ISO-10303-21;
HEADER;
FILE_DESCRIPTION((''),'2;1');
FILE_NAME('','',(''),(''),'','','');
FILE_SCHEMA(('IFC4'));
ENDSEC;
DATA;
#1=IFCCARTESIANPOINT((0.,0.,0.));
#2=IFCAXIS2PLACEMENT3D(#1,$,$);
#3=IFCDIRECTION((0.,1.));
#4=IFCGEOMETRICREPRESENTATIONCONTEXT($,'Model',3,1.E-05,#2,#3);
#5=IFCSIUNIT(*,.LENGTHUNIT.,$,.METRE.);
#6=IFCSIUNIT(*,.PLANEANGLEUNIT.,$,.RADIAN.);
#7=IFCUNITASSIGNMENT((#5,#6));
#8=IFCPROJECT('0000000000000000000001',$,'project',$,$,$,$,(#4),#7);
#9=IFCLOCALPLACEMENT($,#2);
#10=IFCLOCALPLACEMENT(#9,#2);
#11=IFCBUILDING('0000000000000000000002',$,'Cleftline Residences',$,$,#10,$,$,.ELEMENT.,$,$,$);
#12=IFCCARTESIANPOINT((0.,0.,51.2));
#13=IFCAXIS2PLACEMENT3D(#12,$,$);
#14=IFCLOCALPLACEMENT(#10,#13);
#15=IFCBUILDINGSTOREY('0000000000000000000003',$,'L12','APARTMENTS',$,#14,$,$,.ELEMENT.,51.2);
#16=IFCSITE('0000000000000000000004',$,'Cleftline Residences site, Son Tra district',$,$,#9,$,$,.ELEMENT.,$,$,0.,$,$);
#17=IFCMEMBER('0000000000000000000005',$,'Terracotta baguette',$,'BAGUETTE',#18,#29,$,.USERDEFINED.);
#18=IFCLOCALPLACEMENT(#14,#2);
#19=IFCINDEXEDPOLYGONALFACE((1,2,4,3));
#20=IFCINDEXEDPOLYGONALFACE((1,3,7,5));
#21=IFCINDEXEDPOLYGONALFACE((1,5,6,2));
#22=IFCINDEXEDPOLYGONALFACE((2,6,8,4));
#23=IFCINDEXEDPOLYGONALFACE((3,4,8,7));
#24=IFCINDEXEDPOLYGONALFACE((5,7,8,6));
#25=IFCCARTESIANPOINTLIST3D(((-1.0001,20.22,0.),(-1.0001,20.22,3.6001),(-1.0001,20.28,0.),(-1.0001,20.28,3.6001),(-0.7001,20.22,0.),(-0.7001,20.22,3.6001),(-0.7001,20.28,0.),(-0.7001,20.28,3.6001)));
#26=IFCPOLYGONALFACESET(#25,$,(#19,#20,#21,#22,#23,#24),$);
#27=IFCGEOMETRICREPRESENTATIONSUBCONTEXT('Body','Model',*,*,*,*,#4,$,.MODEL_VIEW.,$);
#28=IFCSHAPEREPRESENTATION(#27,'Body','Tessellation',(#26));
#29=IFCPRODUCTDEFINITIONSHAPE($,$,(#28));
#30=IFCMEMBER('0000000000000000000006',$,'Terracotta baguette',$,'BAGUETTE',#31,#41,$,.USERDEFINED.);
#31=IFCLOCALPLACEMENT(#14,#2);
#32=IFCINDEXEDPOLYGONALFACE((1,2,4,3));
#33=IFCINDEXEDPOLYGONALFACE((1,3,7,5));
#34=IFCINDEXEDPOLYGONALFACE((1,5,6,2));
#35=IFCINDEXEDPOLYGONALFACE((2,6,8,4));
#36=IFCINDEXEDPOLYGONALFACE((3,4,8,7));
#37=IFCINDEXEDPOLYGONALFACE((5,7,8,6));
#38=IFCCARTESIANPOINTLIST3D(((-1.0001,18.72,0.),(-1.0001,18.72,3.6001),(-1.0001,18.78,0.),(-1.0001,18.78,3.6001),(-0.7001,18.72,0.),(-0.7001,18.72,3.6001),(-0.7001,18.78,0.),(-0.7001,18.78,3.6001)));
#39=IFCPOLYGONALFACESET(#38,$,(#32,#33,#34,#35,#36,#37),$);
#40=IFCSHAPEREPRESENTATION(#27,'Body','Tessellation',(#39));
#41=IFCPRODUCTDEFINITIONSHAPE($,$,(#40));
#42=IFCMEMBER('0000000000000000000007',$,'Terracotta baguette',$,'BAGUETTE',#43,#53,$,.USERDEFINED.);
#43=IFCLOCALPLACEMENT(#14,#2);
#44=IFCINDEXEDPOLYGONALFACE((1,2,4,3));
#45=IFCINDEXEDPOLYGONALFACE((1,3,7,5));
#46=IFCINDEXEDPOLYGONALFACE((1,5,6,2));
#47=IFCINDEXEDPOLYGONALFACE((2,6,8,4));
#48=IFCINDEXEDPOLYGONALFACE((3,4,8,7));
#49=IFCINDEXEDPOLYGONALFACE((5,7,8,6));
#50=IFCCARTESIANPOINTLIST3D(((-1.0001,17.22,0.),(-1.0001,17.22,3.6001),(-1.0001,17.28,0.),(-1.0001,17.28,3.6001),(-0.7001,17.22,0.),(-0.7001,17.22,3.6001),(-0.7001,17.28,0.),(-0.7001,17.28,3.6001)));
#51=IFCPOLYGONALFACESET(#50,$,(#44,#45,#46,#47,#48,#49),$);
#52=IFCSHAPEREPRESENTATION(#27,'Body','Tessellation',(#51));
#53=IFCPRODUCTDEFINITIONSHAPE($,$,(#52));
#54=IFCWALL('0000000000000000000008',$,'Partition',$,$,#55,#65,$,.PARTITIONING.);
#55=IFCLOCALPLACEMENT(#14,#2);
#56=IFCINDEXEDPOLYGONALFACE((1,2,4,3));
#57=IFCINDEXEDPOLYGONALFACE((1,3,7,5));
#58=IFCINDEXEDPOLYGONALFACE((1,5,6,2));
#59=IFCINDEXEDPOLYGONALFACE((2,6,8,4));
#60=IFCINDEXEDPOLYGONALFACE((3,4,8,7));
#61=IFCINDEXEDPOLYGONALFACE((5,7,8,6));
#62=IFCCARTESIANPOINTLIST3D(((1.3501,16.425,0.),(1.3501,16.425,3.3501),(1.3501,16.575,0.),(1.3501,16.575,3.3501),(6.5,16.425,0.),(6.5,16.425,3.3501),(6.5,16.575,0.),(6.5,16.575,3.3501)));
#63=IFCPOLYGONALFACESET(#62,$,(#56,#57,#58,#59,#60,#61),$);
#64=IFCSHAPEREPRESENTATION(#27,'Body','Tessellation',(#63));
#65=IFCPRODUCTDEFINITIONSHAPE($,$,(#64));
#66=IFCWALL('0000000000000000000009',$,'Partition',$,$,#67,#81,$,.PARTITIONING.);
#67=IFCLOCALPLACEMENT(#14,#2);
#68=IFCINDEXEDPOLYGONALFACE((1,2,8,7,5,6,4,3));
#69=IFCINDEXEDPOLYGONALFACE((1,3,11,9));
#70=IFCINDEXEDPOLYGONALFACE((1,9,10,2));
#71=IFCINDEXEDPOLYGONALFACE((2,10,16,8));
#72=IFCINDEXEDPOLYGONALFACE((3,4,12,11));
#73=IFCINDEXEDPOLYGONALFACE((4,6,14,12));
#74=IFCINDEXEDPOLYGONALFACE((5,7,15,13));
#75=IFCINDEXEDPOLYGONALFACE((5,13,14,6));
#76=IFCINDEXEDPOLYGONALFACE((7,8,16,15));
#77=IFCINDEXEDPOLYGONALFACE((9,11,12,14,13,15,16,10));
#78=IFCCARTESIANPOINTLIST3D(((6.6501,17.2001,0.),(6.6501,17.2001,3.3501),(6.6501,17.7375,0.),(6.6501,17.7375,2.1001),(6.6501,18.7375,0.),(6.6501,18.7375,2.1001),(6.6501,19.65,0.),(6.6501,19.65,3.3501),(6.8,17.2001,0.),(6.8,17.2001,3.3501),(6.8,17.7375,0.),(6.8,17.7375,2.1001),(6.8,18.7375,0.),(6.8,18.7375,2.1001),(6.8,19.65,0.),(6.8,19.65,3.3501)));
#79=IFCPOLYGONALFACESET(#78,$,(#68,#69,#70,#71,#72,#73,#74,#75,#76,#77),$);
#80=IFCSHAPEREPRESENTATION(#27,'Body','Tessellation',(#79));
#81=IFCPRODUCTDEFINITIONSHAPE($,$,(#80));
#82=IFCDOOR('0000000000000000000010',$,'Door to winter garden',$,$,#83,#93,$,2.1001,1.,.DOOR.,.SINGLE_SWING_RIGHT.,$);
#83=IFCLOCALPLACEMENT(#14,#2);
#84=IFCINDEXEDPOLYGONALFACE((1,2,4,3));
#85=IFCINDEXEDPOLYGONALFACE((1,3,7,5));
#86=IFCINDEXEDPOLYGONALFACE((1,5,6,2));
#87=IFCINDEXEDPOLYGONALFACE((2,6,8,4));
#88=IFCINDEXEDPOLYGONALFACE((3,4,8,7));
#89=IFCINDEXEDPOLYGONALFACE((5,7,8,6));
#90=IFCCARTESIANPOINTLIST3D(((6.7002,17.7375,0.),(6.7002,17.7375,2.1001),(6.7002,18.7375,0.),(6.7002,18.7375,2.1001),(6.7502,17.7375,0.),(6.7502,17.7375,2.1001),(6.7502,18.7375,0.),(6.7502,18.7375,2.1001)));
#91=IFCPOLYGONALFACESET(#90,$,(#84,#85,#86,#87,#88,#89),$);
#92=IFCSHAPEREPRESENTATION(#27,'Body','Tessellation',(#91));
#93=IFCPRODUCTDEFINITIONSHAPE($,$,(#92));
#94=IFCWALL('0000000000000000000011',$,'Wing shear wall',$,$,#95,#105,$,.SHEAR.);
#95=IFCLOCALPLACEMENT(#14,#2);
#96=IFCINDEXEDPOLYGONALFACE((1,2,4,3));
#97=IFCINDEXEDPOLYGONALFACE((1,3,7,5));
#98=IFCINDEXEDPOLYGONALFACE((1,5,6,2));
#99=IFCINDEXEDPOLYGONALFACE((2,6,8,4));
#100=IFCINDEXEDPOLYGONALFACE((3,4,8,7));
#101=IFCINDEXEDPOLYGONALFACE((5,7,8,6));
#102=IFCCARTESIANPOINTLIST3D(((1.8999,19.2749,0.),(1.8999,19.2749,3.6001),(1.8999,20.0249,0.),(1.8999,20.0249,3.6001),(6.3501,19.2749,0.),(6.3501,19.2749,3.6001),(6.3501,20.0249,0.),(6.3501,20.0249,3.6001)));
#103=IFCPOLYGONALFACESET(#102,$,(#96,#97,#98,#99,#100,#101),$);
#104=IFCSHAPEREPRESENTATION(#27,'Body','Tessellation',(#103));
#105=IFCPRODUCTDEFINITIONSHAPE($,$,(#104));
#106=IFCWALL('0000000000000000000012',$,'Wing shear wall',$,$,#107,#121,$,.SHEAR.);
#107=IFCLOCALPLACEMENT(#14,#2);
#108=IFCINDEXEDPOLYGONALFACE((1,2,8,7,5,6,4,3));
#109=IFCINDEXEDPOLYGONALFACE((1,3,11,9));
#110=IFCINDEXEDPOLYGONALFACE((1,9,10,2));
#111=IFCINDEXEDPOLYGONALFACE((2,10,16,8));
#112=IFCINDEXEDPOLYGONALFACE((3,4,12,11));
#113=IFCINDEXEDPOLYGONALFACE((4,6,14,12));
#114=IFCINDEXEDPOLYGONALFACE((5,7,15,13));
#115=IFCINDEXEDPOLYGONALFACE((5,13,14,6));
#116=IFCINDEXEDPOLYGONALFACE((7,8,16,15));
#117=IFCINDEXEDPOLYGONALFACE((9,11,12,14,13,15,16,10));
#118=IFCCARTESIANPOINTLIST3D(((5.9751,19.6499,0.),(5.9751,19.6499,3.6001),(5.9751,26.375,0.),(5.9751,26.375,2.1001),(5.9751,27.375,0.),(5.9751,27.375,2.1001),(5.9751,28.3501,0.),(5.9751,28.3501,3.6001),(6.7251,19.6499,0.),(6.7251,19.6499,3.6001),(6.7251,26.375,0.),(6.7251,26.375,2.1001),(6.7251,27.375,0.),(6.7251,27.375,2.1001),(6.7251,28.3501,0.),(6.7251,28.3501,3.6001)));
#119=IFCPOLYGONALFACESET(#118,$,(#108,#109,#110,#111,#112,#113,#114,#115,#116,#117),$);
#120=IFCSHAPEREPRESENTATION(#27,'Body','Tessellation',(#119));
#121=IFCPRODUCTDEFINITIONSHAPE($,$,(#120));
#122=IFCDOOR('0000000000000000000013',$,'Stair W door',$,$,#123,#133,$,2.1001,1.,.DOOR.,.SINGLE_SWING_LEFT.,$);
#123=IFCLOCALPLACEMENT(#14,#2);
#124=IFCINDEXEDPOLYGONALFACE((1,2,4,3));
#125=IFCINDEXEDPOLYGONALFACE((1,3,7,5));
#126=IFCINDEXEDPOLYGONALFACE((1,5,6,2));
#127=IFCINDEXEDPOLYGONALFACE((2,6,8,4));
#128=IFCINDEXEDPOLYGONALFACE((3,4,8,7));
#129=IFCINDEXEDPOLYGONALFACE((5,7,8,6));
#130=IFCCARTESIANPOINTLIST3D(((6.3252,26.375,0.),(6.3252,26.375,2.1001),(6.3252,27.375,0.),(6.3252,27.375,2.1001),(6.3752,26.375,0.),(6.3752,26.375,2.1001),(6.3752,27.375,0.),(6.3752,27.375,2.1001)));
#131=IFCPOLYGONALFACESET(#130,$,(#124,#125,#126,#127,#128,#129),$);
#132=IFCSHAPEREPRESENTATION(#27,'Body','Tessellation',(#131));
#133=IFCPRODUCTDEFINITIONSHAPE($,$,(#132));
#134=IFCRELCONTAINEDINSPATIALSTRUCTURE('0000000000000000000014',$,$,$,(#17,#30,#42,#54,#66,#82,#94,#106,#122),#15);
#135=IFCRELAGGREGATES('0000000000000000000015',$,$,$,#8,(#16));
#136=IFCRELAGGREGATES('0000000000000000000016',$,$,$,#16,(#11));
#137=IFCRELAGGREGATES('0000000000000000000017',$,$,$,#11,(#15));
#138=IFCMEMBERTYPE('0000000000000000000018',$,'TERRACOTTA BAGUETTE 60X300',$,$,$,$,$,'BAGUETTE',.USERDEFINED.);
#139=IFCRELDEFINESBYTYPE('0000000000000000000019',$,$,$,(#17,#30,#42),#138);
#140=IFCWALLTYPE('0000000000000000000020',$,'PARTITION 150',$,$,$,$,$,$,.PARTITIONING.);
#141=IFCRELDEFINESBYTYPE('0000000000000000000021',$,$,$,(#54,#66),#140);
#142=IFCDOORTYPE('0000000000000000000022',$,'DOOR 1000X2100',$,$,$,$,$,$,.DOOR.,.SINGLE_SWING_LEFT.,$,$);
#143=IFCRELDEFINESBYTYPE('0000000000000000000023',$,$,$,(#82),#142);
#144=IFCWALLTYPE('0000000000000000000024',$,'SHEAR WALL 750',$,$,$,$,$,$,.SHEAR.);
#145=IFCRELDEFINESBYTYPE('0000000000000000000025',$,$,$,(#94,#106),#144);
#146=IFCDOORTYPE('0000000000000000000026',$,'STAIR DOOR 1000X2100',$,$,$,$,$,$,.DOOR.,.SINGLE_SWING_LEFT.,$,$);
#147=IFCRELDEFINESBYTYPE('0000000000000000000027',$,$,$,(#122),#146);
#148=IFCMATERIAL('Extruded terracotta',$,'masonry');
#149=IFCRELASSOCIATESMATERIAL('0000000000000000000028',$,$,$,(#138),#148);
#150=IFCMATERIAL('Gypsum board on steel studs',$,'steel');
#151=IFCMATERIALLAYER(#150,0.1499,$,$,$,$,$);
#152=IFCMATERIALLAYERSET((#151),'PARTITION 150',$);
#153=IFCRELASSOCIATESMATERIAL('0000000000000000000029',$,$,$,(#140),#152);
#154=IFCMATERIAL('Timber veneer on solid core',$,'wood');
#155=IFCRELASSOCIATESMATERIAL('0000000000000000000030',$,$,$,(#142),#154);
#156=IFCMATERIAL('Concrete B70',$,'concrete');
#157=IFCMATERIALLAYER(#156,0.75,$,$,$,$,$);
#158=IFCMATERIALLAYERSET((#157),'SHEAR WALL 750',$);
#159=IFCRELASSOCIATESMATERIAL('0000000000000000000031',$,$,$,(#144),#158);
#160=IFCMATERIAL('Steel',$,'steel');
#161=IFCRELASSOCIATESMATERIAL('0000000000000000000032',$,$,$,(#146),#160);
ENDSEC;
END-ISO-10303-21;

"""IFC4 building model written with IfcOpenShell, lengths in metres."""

from ifc_helpers import new_model, si_unit, direction, frame, frame_2d, origin, origin_2d, place, context, subcontext, project, spatial, rectangle, extrude, material, layer, layer_set, material_profile, profile_set, type_object, element, fill, save


model = new_model("IFC4")

# Units and contexts
model_context = context("Model", 3, precision=1e-05, world=origin(), true_north=direction((0.0, 1.0)))
body_context = subcontext(model_context, "Body", "Model", "MODEL_VIEW")
ifc_project = project(units=[si_unit("LENGTHUNIT", "METRE"), si_unit("PLANEANGLEUNIT", "RADIAN")], contexts=[model_context])

# Site, building, storey
site_placement = place(None, origin())
site = spatial("IfcSite", under=ifc_project, at=site_placement, Name="Cleftline Residences site, Son Tra district", CompositionType="ELEMENT", RefElevation=0.0)
building_placement = place(site_placement, origin())
building = spatial("IfcBuilding", under=site, at=building_placement, Name="Cleftline Residences", CompositionType="ELEMENT")
storey_placement = place(building_placement, frame((0.0, 0.0, 51.2)))
storey = spatial("IfcBuildingStorey", under=building, at=storey_placement, Name="L12", Description="APARTMENTS", CompositionType="ELEMENT", Elevation=51.2)

# Members
ifc_material_1 = material(Name="Extruded terracotta", Category="masonry")
ifc_material_profile_1 = material_profile(ifc_material_1, rectangle(XDim=0.0601, YDim=0.3, at=origin_2d()))
ifc_profile_set_1 = profile_set([ifc_material_profile_1], Name="Extruded terracotta")
member_type = type_object("IfcMemberType", Name="TERRACOTTA BAGUETTE 60X300", ElementType="BAGUETTE", PredefinedType="USERDEFINED", material=ifc_profile_set_1)
for number, where, z_axis, x_axis, name in (
    (1, (-0.8501, 20.25, 0.0), (0.0, 0.0, 1.0), (0.0, 1.0, 0.0), "Terracotta baguette"),
    (2, (-0.8501, 18.75, 0.0), (0.0, 0.0, 1.0), (0.0, 1.0, 0.0), "Terracotta baguette"),
    (3, (-0.8501, 17.25, 0.0), (0.0, 0.0, 1.0), (0.0, 1.0, 0.0), "Terracotta baguette"),
):
    element("IfcMember", number, at=place(storey_placement, frame(where, z_axis=z_axis, x_axis=x_axis)), inside=storey, type_object=member_type, Name=name, ObjectType="BAGUETTE", PredefinedType="USERDEFINED", context=body_context, shape_type="SweptSolid", body=[
        extrude(rectangle(XDim=0.0601, YDim=0.3, at=origin_2d()), origin(), (0.0, 0.0, 1.0), 3.6001),
    ])

# Wall
ifc_material_2 = material(Name="Gypsum board on steel studs", Category="steel")
ifc_layer_1 = layer(ifc_material_2, 0.1499)
ifc_layer_set_1 = layer_set([ifc_layer_1], Name="PARTITION 150")
wall_type_1 = type_object("IfcWallType", Name="PARTITION 150", PredefinedType="PARTITIONING", material=ifc_layer_set_1)
wall_1_placement = place(storey_placement, frame((1.3501, 16.5, 0.0), z_axis=(0.0, 0.0, 1.0), x_axis=(1.0, 0.0, 0.0)))
element("IfcWall", 4, at=wall_1_placement, inside=storey, type_object=wall_type_1, Name="Partition", PredefinedType="PARTITIONING", context=body_context, shape_type="SweptSolid", body=[
    extrude(rectangle(XDim=5.1499, YDim=0.1499, at=frame_2d((2.575, 0.0))), origin(), (0.0, 0.0, 1.0), 3.3501),
])

# Wall, opening, door
wall_2_placement = place(storey_placement, frame((6.7251, 17.2, 0.0), z_axis=(0.0, 0.0, 1.0), x_axis=(0.0, 1.0, 0.0)))
wall_2 = element("IfcWall", 5, at=wall_2_placement, inside=storey, type_object=wall_type_1, Name="Partition", PredefinedType="PARTITIONING", context=body_context, shape_type="SweptSolid", body=[
    extrude(rectangle(XDim=2.45, YDim=0.1499, at=frame_2d((1.2251, 0.0))), origin(), (0.0, 0.0, 1.0), 3.3501),
])
opening_1_placement = place(wall_2_placement, frame((0.5376, 0.0, 0.0)))
opening_1 = element("IfcOpeningElement", 6, at=opening_1_placement, cuts=wall_2, PredefinedType="OPENING", context=body_context, shape_type="SweptSolid", body=[
    extrude(rectangle(XDim=1.0, YDim=2.1001, at=frame_2d((0.5, 1.05))), frame((0.0, 0.085, 0.0), z_axis=(0.0, -1.0, 0.0), x_axis=(1.0, 0.0, 0.0)), (0.0, 0.0, 1.0), 0.1699),
])
ifc_material_3 = material(Name="Timber veneer on solid core", Category="wood")
door_type_1 = type_object("IfcDoorType", Name="DOOR 1000X2100", OperationType="SINGLE_SWING_LEFT", PredefinedType="DOOR", material=ifc_material_3)
door_1_placement = place(opening_1_placement, origin())
door_1 = element("IfcDoor", 7, at=door_1_placement, inside=storey, type_object=door_type_1, Name="Door to winter garden", OperationType="SINGLE_SWING_RIGHT", OverallHeight=2.1001, OverallWidth=1.0, PredefinedType="DOOR", context=body_context, shape_type="SweptSolid", body=[
    extrude(rectangle(XDim=1.0, YDim=2.1001, at=frame_2d((0.5, 1.05))), frame((0.0, 0.0249, 0.0), z_axis=(0.0, -1.0, 0.0), x_axis=(1.0, 0.0, 0.0)), (0.0, 0.0, 1.0), 0.05),
])
fill(opening_1, door_1)

# Wall
ifc_material_4 = material(Name="Concrete B70", Category="concrete")
ifc_layer_2 = layer(ifc_material_4, 0.75)
ifc_layer_set_2 = layer_set([ifc_layer_2], Name="SHEAR WALL 750")
wall_type_2 = type_object("IfcWallType", Name="SHEAR WALL 750", PredefinedType="SHEAR", material=ifc_layer_set_2)
wall_3_placement = place(storey_placement, frame((1.8999, 19.6499, 0.0), z_axis=(0.0, 0.0, 1.0), x_axis=(1.0, 0.0, 0.0)))
element("IfcWall", 8, at=wall_3_placement, inside=storey, type_object=wall_type_2, Name="Wing shear wall", PredefinedType="SHEAR", context=body_context, shape_type="SweptSolid", body=[
    extrude(rectangle(XDim=4.4502, YDim=0.75, at=frame_2d((2.2251, 0.0))), origin(), (0.0, 0.0, 1.0), 3.6001),
])

# Wall, opening, door
wall_4_placement = place(storey_placement, frame((6.3501, 19.6499, 0.0), z_axis=(0.0, 0.0, 1.0), x_axis=(0.0, 1.0, 0.0)))
wall_4 = element("IfcWall", 9, at=wall_4_placement, inside=storey, type_object=wall_type_2, Name="Wing shear wall", PredefinedType="SHEAR", context=body_context, shape_type="SweptSolid", body=[
    extrude(rectangle(XDim=8.7002, YDim=0.75, at=frame_2d((4.3501, 0.0))), origin(), (0.0, 0.0, 1.0), 3.6001),
])
opening_2_placement = place(wall_4_placement, frame((6.7251, 0.0, 0.0)))
opening_2 = element("IfcOpeningElement", 10, at=opening_2_placement, cuts=wall_4, PredefinedType="OPENING", context=body_context, shape_type="SweptSolid", body=[
    extrude(rectangle(XDim=1.0, YDim=2.1001, at=frame_2d((0.5, 1.05))), frame((0.0, 0.385, 0.0), z_axis=(0.0, -1.0, 0.0), x_axis=(1.0, 0.0, 0.0)), (0.0, 0.0, 1.0), 0.77),
])
ifc_material_5 = material(Name="Steel", Category="steel")
door_type_2 = type_object("IfcDoorType", Name="STAIR DOOR 1000X2100", OperationType="SINGLE_SWING_LEFT", PredefinedType="DOOR", material=ifc_material_5)
door_2_placement = place(opening_2_placement, origin())
door_2 = element("IfcDoor", 11, at=door_2_placement, inside=storey, type_object=door_type_2, Name="Stair W door", OperationType="SINGLE_SWING_LEFT", OverallHeight=2.1001, OverallWidth=1.0, PredefinedType="DOOR", context=body_context, shape_type="SweptSolid", body=[
    extrude(rectangle(XDim=1.0, YDim=2.1001, at=frame_2d((0.5, 1.05))), frame((0.0, 0.0249, 0.0), z_axis=(0.0, -1.0, 0.0), x_axis=(1.0, 0.0, 0.0)), (0.0, 0.0, 1.0), 0.05),
])
fill(opening_2, door_2)

save(model, "model.ifc")
